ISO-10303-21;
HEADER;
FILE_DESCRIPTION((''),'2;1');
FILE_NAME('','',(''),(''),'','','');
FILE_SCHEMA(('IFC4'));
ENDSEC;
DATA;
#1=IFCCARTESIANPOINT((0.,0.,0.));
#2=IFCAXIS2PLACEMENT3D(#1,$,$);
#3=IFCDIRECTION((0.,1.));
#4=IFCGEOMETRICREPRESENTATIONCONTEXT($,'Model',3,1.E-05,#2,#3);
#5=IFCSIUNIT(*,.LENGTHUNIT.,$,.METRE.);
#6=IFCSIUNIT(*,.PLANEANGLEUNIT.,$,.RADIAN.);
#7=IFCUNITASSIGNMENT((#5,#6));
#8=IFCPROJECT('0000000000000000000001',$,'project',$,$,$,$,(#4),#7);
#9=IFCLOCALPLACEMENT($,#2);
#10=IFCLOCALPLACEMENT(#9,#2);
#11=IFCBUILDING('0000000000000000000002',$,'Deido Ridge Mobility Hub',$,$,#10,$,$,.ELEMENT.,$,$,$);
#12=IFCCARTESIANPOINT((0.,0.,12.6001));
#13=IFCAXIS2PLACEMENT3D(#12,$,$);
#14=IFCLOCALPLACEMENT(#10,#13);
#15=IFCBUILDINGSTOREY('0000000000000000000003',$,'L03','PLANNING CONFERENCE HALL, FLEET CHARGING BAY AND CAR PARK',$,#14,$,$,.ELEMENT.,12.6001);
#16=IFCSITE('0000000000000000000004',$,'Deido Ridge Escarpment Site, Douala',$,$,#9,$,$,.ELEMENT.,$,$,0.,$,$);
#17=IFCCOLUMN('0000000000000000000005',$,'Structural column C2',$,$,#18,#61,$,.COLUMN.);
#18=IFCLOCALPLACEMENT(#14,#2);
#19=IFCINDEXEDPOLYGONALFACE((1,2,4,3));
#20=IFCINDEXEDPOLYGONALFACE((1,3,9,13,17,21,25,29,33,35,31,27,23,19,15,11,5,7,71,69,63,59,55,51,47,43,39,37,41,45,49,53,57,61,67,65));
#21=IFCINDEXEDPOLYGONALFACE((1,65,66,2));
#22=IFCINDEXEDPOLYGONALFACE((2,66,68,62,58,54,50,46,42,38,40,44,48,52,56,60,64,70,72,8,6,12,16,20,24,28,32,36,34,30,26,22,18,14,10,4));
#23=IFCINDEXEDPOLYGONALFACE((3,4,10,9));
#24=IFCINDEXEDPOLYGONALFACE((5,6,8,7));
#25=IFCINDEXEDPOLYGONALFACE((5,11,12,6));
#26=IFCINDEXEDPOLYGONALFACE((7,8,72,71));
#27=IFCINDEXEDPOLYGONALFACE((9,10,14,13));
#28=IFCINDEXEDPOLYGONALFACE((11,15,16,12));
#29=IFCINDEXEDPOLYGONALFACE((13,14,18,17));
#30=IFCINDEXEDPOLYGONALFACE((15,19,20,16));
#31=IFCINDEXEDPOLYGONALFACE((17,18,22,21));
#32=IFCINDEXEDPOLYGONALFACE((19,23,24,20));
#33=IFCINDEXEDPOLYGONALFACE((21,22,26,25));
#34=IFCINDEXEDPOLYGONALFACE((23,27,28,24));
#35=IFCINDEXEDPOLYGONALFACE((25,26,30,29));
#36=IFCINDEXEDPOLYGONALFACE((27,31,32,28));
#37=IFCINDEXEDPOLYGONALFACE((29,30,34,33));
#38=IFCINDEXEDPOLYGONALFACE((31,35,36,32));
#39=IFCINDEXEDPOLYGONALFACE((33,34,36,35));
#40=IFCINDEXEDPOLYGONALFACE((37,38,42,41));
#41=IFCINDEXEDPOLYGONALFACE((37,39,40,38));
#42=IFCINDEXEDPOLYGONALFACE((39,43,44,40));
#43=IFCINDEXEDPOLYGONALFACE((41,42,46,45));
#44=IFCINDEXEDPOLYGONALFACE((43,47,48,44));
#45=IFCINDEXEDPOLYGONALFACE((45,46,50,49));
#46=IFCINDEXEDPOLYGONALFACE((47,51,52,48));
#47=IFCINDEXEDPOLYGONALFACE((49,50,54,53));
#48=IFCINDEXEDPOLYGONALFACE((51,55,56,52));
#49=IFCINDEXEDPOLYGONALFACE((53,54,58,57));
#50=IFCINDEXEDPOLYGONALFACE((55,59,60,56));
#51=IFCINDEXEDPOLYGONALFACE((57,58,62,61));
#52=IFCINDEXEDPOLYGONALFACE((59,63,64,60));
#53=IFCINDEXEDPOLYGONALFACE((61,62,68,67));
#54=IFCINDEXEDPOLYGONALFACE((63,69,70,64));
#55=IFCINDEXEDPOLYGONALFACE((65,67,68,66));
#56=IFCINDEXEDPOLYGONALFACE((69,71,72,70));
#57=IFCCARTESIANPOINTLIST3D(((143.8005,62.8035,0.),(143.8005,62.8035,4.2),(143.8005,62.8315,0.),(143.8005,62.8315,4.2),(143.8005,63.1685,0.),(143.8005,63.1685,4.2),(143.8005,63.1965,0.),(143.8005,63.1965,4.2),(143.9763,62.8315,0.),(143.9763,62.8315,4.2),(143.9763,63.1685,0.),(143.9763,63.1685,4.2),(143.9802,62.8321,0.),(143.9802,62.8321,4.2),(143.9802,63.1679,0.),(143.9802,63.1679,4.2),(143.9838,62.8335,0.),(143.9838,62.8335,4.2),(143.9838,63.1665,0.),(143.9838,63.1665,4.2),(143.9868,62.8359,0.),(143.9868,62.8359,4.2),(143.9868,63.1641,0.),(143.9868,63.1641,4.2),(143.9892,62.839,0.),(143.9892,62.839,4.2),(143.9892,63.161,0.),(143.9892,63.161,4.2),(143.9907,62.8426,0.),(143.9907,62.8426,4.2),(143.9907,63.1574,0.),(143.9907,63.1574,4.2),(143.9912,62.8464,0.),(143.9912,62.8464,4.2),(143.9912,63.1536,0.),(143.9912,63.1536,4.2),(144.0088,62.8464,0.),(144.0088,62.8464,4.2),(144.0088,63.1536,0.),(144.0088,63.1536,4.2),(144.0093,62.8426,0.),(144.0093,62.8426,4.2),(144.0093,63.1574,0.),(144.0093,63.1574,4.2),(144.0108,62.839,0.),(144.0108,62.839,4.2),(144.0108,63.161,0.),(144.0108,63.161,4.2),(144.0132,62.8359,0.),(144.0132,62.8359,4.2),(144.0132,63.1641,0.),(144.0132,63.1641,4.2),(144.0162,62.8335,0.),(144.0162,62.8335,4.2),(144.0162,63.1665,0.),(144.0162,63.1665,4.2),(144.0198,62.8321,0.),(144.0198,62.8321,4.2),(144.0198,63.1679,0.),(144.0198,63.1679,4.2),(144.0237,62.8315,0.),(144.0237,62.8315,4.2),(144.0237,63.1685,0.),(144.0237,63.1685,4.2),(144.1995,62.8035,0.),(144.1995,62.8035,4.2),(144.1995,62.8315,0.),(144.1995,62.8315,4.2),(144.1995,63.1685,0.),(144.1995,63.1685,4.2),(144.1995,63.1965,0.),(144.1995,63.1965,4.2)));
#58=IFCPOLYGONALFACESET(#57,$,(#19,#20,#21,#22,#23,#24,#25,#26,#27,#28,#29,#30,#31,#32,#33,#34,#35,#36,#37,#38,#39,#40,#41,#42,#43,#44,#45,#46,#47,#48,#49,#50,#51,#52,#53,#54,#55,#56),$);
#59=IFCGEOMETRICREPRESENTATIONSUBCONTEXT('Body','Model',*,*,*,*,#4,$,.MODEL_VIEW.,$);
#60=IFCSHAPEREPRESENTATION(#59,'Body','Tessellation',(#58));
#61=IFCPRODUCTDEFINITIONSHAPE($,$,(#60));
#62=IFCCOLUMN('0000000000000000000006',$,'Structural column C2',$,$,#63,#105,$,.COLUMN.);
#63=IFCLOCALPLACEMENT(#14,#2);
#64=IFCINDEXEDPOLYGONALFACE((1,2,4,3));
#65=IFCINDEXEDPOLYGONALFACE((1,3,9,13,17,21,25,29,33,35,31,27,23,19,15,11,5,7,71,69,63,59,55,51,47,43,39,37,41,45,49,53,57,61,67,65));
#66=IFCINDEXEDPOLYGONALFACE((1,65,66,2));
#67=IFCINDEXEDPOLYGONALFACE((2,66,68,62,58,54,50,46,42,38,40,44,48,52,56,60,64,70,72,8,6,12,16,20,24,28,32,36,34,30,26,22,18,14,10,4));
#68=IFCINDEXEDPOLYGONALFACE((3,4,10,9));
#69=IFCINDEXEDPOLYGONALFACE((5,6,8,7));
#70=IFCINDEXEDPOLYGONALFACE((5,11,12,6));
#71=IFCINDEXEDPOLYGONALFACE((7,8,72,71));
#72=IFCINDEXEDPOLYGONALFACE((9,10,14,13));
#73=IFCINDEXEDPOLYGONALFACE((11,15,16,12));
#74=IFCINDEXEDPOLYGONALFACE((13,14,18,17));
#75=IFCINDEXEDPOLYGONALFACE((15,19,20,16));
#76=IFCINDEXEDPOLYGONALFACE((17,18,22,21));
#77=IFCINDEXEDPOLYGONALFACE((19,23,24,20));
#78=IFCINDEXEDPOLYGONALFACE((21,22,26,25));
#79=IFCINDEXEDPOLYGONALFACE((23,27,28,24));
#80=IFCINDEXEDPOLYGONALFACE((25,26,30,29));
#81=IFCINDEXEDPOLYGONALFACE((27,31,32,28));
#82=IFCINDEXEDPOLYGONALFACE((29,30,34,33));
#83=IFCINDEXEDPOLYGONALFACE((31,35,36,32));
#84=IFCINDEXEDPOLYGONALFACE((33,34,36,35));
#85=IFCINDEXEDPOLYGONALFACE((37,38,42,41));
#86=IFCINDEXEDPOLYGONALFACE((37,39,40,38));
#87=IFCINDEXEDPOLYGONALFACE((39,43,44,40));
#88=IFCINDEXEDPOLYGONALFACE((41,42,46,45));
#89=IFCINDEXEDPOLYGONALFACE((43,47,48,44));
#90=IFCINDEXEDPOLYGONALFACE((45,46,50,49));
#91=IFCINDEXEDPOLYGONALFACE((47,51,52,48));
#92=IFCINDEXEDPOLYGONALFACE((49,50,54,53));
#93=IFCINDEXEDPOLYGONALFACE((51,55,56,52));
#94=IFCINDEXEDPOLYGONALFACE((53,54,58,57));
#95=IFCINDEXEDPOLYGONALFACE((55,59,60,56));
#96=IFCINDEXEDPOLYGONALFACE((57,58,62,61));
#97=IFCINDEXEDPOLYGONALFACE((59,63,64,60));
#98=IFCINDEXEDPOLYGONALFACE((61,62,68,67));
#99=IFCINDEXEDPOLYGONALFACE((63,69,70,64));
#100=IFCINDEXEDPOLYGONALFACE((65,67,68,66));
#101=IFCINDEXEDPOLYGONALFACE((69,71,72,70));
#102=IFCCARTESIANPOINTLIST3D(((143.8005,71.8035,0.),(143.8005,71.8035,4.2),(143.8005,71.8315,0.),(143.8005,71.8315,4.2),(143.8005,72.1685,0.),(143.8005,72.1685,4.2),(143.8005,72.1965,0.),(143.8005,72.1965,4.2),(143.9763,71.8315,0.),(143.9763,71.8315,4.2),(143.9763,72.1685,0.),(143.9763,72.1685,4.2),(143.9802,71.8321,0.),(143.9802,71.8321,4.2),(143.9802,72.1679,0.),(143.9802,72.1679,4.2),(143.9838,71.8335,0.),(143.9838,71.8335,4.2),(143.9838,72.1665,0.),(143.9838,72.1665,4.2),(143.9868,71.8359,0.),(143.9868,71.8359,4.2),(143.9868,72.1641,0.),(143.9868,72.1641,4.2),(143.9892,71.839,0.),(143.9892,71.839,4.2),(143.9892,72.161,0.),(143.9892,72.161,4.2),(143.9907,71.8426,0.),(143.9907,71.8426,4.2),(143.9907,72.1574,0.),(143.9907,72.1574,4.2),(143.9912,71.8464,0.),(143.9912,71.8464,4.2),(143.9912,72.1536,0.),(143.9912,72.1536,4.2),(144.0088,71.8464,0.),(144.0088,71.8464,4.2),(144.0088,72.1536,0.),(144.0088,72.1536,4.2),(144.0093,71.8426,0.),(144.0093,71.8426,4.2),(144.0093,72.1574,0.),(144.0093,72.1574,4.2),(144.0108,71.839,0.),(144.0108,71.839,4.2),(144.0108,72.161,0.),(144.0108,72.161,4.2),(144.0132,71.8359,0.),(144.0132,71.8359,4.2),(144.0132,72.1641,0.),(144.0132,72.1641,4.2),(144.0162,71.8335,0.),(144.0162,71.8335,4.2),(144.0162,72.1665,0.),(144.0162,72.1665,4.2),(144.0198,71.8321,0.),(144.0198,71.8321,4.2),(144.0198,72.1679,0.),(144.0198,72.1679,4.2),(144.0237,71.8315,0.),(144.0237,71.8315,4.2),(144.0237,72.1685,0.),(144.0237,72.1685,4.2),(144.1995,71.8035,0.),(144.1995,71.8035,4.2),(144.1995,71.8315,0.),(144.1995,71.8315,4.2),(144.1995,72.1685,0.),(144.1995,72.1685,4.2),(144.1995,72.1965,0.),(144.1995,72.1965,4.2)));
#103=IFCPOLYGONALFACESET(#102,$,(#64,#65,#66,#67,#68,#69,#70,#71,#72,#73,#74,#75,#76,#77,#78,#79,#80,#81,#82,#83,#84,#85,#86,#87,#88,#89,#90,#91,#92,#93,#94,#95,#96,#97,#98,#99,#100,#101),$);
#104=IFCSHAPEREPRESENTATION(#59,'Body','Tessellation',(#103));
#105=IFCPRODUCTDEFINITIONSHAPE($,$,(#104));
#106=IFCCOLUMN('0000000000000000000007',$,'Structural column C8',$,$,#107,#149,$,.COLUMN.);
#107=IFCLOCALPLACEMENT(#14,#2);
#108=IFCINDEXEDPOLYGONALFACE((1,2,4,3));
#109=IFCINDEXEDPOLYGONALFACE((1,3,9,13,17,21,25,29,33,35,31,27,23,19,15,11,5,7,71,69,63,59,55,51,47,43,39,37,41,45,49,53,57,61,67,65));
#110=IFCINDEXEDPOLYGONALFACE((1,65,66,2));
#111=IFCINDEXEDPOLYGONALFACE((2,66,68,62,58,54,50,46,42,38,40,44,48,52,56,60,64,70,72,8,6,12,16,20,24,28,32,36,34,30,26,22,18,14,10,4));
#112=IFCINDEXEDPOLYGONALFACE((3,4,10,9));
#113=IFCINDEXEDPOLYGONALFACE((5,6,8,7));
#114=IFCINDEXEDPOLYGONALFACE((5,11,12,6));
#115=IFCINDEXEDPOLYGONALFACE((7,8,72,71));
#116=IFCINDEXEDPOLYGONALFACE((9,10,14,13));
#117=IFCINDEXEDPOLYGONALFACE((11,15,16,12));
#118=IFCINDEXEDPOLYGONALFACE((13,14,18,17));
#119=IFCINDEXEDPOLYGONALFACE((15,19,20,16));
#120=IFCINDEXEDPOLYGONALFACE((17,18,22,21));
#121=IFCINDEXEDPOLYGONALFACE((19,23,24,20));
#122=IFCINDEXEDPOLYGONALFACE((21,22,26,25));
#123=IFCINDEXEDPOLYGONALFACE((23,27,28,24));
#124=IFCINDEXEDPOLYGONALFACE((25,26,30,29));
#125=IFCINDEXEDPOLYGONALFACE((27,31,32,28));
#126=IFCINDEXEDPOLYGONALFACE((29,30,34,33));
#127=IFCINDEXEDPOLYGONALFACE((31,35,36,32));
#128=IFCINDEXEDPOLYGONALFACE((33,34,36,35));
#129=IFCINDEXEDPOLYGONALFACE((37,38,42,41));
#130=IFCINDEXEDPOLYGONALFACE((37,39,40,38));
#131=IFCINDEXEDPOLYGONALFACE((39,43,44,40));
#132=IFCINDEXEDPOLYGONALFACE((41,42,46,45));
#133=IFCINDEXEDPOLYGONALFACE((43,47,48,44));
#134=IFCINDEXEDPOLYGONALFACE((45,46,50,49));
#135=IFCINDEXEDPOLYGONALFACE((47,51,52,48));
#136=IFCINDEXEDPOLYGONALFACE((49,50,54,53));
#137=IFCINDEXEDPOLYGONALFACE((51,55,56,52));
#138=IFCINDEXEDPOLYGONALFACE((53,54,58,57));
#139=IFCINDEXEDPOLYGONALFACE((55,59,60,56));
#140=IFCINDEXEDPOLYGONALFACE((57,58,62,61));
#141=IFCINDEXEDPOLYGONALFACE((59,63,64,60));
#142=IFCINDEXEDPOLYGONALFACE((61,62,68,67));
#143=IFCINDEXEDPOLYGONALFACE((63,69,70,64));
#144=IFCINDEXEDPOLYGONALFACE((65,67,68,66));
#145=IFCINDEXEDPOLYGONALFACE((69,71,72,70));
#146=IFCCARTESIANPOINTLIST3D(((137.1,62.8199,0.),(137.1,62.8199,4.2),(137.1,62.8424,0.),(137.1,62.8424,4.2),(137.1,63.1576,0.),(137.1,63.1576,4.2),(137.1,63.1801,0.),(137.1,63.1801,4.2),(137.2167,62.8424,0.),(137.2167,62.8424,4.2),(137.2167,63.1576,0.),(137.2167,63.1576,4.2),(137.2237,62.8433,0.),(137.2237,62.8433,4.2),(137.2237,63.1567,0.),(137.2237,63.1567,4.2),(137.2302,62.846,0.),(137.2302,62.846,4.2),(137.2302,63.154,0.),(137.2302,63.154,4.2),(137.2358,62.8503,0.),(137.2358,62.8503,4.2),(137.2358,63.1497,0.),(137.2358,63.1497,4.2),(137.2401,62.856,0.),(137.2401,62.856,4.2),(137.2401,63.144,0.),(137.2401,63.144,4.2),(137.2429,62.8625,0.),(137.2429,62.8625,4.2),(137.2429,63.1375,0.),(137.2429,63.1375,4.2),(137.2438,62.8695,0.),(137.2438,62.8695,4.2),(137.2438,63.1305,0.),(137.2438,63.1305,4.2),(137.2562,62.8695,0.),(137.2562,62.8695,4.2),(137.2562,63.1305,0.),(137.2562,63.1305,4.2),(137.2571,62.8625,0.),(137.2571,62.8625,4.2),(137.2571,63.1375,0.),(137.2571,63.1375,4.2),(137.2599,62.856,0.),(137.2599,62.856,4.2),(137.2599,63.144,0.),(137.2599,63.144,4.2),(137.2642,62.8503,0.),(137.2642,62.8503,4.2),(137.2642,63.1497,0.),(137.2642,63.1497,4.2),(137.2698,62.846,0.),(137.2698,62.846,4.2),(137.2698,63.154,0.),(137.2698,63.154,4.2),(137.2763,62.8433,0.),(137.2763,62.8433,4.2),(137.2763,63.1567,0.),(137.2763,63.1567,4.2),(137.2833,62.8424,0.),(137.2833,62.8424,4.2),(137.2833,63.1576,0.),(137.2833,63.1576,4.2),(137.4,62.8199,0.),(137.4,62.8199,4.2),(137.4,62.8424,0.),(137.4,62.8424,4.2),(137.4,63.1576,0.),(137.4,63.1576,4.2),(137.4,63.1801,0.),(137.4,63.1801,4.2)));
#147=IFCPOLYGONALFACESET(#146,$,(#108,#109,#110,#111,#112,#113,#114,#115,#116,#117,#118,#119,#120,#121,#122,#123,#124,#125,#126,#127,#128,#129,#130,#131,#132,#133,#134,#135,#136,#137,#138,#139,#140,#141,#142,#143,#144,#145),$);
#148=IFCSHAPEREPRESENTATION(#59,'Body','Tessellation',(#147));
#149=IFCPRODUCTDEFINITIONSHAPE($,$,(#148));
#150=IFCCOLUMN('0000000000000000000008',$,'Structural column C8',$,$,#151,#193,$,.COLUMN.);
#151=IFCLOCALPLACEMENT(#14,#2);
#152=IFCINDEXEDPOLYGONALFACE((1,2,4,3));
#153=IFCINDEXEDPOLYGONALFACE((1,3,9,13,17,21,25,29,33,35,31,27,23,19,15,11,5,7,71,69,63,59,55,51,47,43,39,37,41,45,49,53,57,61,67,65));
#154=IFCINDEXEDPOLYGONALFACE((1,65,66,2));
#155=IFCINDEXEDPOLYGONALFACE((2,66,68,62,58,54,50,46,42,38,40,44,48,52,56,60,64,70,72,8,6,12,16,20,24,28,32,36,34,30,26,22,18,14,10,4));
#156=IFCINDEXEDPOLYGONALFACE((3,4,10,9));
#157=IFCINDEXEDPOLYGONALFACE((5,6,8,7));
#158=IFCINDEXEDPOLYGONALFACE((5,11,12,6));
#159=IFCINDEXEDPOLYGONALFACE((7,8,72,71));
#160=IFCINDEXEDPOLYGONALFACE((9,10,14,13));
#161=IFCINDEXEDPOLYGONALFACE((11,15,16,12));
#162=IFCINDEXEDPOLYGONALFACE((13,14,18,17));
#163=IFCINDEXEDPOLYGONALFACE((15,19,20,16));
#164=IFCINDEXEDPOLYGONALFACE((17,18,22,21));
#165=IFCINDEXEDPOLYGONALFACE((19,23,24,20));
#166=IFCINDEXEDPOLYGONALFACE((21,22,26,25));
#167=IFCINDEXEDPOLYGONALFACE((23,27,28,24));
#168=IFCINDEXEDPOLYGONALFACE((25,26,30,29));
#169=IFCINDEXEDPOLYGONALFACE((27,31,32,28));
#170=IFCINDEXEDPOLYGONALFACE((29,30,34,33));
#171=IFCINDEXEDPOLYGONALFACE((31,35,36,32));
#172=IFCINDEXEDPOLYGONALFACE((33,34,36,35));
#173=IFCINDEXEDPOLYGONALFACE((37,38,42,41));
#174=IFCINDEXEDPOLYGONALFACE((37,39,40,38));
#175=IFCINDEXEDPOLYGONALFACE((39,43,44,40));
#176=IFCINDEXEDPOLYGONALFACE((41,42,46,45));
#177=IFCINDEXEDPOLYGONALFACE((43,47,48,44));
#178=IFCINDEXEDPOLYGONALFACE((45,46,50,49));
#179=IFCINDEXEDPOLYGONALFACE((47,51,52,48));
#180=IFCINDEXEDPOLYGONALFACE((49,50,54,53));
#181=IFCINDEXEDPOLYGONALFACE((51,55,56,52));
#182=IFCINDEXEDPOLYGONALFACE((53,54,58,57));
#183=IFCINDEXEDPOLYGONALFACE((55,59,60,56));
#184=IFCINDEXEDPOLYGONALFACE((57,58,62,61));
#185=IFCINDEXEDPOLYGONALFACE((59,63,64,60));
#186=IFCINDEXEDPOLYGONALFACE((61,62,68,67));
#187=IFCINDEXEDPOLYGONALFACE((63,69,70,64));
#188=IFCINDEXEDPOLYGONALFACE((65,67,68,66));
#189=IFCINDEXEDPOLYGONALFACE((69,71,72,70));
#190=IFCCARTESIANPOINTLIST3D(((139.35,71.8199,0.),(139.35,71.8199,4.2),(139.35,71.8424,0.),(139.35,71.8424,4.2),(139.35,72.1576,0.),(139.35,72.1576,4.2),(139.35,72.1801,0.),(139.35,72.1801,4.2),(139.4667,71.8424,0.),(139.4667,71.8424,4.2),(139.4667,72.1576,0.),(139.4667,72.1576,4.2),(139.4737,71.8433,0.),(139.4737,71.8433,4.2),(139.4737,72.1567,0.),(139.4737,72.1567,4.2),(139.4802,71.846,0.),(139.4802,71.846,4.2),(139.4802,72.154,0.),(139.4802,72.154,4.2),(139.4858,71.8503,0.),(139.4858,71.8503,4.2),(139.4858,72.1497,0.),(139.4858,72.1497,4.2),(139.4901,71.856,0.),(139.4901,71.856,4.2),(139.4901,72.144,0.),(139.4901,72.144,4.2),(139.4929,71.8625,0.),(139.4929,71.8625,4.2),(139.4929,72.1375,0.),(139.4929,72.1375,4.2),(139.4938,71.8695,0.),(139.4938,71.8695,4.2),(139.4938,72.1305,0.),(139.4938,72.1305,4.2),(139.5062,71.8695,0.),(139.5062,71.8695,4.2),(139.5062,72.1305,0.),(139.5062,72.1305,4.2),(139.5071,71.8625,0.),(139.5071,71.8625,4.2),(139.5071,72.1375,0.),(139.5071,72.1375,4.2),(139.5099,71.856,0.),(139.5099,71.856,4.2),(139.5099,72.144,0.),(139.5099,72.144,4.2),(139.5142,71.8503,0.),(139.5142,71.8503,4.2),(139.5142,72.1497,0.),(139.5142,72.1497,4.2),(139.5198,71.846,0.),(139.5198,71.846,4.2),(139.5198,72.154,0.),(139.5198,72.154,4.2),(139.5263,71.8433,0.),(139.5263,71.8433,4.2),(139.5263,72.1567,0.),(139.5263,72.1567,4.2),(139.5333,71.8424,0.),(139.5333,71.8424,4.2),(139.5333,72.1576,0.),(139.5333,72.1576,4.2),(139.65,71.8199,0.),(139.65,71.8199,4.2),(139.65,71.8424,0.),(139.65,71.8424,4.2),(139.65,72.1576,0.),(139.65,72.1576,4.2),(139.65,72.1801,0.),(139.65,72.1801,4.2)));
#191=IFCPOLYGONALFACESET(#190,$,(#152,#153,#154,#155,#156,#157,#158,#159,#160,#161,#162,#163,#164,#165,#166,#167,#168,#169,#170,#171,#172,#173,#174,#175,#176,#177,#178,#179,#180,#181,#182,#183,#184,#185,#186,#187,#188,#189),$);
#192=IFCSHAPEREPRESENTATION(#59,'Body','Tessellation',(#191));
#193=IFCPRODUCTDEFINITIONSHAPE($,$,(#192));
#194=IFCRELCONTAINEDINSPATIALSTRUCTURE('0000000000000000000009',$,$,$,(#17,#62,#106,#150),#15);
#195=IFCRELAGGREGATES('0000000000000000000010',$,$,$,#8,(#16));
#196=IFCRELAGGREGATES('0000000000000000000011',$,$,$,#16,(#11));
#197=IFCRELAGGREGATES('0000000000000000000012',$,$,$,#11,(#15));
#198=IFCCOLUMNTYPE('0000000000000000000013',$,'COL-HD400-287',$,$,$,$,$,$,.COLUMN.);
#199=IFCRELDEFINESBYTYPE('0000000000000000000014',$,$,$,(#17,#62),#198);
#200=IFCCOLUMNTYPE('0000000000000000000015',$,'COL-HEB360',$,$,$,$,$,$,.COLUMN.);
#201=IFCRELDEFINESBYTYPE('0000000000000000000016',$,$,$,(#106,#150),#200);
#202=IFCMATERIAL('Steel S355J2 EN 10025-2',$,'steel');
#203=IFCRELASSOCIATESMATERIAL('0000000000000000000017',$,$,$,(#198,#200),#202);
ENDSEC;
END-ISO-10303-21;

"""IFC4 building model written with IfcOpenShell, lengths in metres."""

from ifc_helpers import new_model, si_unit, direction, frame, origin, origin_2d, place, context, subcontext, project, spatial, i_section, extrude, material, material_profile, profile_set, type_object, element, save


model = new_model("IFC4")

# Units and contexts
model_context = context("Model", 3, precision=1e-05, world=origin(), true_north=direction((0.0, 1.0)))
body_context = subcontext(model_context, "Body", "Model", "MODEL_VIEW")
ifc_project = project(units=[si_unit("LENGTHUNIT", "METRE"), si_unit("PLANEANGLEUNIT", "RADIAN")], contexts=[model_context])

# Site, building, storey
site_placement = place(None, origin())
site = spatial("IfcSite", under=ifc_project, at=site_placement, Name="Deido Ridge Escarpment Site, Douala", CompositionType="ELEMENT", RefElevation=0.0)
building_placement = place(site_placement, origin())
building = spatial("IfcBuilding", under=site, at=building_placement, Name="Deido Ridge Mobility Hub", CompositionType="ELEMENT")
storey_placement = place(building_placement, frame((0.0, 0.0, 12.6001)))
storey = spatial("IfcBuildingStorey", under=building, at=storey_placement, Name="L03", Description="PLANNING CONFERENCE HALL, FLEET CHARGING BAY AND CAR PARK", CompositionType="ELEMENT", Elevation=12.6001)

# Columns
ifc_material_1 = material(Name="Steel S355J2 EN 10025-2", Category="steel")
ifc_material_profile_1 = material_profile(ifc_material_1, i_section(OverallWidth=0.3989, OverallDepth=0.3931, WebThickness=0.0176, FlangeThickness=0.0281, FilletRadius=0.0149, at=origin_2d()), Name="HD 400x287")
ifc_profile_set_1 = profile_set([ifc_material_profile_1], Name="Steel S355J2 EN 10025-2")
column_type_1 = type_object("IfcColumnType", Name="COL-HD400-287", PredefinedType="COLUMN", material=ifc_profile_set_1)
for number, where, z_axis, x_axis, name in (
    (1, (144.0, 63.0, 0.0), (0.0, 0.0, 1.0), (1.0, 0.0, 0.0), "Structural column C2"),
    (2, (144.0, 72.0, 0.0), (0.0, 0.0, 1.0), (1.0, 0.0, 0.0), "Structural column C2"),
):
    element("IfcColumn", number, at=place(storey_placement, frame(where, z_axis=z_axis, x_axis=x_axis)), inside=storey, type_object=column_type_1, Name=name, PredefinedType="COLUMN", context=body_context, shape_type="SweptSolid", body=[
        extrude(i_section(OverallWidth=0.3989, OverallDepth=0.3931, WebThickness=0.0176, FlangeThickness=0.0281, FilletRadius=0.0149, at=origin_2d()), origin(), (0.0, 0.0, 1.0), 4.2),
    ])
ifc_material_profile_2 = material_profile(ifc_material_1, i_section(OverallWidth=0.3, OverallDepth=0.3601, WebThickness=0.0125, FlangeThickness=0.0225, FilletRadius=0.0271, at=origin_2d()), Name="HEB 360")
ifc_profile_set_2 = profile_set([ifc_material_profile_2], Name="Steel S355J2 EN 10025-2")
column_type_2 = type_object("IfcColumnType", Name="COL-HEB360", PredefinedType="COLUMN", material=ifc_profile_set_2)
for number, where, z_axis, x_axis, name in (
    (3, (137.25, 63.0, 0.0), (0.0, 0.0, 1.0), (1.0, 0.0, 0.0), "Structural column C8"),
    (4, (139.5, 72.0, 0.0), (0.0, 0.0, 1.0), (1.0, 0.0, 0.0), "Structural column C8"),
):
    element("IfcColumn", number, at=place(storey_placement, frame(where, z_axis=z_axis, x_axis=x_axis)), inside=storey, type_object=column_type_2, Name=name, PredefinedType="COLUMN", context=body_context, shape_type="SweptSolid", body=[
        extrude(i_section(OverallWidth=0.3, OverallDepth=0.3601, WebThickness=0.0125, FlangeThickness=0.0225, FilletRadius=0.0271, at=origin_2d()), origin(), (0.0, 0.0, 1.0), 4.2),
    ])

save(model, "model.ifc")
